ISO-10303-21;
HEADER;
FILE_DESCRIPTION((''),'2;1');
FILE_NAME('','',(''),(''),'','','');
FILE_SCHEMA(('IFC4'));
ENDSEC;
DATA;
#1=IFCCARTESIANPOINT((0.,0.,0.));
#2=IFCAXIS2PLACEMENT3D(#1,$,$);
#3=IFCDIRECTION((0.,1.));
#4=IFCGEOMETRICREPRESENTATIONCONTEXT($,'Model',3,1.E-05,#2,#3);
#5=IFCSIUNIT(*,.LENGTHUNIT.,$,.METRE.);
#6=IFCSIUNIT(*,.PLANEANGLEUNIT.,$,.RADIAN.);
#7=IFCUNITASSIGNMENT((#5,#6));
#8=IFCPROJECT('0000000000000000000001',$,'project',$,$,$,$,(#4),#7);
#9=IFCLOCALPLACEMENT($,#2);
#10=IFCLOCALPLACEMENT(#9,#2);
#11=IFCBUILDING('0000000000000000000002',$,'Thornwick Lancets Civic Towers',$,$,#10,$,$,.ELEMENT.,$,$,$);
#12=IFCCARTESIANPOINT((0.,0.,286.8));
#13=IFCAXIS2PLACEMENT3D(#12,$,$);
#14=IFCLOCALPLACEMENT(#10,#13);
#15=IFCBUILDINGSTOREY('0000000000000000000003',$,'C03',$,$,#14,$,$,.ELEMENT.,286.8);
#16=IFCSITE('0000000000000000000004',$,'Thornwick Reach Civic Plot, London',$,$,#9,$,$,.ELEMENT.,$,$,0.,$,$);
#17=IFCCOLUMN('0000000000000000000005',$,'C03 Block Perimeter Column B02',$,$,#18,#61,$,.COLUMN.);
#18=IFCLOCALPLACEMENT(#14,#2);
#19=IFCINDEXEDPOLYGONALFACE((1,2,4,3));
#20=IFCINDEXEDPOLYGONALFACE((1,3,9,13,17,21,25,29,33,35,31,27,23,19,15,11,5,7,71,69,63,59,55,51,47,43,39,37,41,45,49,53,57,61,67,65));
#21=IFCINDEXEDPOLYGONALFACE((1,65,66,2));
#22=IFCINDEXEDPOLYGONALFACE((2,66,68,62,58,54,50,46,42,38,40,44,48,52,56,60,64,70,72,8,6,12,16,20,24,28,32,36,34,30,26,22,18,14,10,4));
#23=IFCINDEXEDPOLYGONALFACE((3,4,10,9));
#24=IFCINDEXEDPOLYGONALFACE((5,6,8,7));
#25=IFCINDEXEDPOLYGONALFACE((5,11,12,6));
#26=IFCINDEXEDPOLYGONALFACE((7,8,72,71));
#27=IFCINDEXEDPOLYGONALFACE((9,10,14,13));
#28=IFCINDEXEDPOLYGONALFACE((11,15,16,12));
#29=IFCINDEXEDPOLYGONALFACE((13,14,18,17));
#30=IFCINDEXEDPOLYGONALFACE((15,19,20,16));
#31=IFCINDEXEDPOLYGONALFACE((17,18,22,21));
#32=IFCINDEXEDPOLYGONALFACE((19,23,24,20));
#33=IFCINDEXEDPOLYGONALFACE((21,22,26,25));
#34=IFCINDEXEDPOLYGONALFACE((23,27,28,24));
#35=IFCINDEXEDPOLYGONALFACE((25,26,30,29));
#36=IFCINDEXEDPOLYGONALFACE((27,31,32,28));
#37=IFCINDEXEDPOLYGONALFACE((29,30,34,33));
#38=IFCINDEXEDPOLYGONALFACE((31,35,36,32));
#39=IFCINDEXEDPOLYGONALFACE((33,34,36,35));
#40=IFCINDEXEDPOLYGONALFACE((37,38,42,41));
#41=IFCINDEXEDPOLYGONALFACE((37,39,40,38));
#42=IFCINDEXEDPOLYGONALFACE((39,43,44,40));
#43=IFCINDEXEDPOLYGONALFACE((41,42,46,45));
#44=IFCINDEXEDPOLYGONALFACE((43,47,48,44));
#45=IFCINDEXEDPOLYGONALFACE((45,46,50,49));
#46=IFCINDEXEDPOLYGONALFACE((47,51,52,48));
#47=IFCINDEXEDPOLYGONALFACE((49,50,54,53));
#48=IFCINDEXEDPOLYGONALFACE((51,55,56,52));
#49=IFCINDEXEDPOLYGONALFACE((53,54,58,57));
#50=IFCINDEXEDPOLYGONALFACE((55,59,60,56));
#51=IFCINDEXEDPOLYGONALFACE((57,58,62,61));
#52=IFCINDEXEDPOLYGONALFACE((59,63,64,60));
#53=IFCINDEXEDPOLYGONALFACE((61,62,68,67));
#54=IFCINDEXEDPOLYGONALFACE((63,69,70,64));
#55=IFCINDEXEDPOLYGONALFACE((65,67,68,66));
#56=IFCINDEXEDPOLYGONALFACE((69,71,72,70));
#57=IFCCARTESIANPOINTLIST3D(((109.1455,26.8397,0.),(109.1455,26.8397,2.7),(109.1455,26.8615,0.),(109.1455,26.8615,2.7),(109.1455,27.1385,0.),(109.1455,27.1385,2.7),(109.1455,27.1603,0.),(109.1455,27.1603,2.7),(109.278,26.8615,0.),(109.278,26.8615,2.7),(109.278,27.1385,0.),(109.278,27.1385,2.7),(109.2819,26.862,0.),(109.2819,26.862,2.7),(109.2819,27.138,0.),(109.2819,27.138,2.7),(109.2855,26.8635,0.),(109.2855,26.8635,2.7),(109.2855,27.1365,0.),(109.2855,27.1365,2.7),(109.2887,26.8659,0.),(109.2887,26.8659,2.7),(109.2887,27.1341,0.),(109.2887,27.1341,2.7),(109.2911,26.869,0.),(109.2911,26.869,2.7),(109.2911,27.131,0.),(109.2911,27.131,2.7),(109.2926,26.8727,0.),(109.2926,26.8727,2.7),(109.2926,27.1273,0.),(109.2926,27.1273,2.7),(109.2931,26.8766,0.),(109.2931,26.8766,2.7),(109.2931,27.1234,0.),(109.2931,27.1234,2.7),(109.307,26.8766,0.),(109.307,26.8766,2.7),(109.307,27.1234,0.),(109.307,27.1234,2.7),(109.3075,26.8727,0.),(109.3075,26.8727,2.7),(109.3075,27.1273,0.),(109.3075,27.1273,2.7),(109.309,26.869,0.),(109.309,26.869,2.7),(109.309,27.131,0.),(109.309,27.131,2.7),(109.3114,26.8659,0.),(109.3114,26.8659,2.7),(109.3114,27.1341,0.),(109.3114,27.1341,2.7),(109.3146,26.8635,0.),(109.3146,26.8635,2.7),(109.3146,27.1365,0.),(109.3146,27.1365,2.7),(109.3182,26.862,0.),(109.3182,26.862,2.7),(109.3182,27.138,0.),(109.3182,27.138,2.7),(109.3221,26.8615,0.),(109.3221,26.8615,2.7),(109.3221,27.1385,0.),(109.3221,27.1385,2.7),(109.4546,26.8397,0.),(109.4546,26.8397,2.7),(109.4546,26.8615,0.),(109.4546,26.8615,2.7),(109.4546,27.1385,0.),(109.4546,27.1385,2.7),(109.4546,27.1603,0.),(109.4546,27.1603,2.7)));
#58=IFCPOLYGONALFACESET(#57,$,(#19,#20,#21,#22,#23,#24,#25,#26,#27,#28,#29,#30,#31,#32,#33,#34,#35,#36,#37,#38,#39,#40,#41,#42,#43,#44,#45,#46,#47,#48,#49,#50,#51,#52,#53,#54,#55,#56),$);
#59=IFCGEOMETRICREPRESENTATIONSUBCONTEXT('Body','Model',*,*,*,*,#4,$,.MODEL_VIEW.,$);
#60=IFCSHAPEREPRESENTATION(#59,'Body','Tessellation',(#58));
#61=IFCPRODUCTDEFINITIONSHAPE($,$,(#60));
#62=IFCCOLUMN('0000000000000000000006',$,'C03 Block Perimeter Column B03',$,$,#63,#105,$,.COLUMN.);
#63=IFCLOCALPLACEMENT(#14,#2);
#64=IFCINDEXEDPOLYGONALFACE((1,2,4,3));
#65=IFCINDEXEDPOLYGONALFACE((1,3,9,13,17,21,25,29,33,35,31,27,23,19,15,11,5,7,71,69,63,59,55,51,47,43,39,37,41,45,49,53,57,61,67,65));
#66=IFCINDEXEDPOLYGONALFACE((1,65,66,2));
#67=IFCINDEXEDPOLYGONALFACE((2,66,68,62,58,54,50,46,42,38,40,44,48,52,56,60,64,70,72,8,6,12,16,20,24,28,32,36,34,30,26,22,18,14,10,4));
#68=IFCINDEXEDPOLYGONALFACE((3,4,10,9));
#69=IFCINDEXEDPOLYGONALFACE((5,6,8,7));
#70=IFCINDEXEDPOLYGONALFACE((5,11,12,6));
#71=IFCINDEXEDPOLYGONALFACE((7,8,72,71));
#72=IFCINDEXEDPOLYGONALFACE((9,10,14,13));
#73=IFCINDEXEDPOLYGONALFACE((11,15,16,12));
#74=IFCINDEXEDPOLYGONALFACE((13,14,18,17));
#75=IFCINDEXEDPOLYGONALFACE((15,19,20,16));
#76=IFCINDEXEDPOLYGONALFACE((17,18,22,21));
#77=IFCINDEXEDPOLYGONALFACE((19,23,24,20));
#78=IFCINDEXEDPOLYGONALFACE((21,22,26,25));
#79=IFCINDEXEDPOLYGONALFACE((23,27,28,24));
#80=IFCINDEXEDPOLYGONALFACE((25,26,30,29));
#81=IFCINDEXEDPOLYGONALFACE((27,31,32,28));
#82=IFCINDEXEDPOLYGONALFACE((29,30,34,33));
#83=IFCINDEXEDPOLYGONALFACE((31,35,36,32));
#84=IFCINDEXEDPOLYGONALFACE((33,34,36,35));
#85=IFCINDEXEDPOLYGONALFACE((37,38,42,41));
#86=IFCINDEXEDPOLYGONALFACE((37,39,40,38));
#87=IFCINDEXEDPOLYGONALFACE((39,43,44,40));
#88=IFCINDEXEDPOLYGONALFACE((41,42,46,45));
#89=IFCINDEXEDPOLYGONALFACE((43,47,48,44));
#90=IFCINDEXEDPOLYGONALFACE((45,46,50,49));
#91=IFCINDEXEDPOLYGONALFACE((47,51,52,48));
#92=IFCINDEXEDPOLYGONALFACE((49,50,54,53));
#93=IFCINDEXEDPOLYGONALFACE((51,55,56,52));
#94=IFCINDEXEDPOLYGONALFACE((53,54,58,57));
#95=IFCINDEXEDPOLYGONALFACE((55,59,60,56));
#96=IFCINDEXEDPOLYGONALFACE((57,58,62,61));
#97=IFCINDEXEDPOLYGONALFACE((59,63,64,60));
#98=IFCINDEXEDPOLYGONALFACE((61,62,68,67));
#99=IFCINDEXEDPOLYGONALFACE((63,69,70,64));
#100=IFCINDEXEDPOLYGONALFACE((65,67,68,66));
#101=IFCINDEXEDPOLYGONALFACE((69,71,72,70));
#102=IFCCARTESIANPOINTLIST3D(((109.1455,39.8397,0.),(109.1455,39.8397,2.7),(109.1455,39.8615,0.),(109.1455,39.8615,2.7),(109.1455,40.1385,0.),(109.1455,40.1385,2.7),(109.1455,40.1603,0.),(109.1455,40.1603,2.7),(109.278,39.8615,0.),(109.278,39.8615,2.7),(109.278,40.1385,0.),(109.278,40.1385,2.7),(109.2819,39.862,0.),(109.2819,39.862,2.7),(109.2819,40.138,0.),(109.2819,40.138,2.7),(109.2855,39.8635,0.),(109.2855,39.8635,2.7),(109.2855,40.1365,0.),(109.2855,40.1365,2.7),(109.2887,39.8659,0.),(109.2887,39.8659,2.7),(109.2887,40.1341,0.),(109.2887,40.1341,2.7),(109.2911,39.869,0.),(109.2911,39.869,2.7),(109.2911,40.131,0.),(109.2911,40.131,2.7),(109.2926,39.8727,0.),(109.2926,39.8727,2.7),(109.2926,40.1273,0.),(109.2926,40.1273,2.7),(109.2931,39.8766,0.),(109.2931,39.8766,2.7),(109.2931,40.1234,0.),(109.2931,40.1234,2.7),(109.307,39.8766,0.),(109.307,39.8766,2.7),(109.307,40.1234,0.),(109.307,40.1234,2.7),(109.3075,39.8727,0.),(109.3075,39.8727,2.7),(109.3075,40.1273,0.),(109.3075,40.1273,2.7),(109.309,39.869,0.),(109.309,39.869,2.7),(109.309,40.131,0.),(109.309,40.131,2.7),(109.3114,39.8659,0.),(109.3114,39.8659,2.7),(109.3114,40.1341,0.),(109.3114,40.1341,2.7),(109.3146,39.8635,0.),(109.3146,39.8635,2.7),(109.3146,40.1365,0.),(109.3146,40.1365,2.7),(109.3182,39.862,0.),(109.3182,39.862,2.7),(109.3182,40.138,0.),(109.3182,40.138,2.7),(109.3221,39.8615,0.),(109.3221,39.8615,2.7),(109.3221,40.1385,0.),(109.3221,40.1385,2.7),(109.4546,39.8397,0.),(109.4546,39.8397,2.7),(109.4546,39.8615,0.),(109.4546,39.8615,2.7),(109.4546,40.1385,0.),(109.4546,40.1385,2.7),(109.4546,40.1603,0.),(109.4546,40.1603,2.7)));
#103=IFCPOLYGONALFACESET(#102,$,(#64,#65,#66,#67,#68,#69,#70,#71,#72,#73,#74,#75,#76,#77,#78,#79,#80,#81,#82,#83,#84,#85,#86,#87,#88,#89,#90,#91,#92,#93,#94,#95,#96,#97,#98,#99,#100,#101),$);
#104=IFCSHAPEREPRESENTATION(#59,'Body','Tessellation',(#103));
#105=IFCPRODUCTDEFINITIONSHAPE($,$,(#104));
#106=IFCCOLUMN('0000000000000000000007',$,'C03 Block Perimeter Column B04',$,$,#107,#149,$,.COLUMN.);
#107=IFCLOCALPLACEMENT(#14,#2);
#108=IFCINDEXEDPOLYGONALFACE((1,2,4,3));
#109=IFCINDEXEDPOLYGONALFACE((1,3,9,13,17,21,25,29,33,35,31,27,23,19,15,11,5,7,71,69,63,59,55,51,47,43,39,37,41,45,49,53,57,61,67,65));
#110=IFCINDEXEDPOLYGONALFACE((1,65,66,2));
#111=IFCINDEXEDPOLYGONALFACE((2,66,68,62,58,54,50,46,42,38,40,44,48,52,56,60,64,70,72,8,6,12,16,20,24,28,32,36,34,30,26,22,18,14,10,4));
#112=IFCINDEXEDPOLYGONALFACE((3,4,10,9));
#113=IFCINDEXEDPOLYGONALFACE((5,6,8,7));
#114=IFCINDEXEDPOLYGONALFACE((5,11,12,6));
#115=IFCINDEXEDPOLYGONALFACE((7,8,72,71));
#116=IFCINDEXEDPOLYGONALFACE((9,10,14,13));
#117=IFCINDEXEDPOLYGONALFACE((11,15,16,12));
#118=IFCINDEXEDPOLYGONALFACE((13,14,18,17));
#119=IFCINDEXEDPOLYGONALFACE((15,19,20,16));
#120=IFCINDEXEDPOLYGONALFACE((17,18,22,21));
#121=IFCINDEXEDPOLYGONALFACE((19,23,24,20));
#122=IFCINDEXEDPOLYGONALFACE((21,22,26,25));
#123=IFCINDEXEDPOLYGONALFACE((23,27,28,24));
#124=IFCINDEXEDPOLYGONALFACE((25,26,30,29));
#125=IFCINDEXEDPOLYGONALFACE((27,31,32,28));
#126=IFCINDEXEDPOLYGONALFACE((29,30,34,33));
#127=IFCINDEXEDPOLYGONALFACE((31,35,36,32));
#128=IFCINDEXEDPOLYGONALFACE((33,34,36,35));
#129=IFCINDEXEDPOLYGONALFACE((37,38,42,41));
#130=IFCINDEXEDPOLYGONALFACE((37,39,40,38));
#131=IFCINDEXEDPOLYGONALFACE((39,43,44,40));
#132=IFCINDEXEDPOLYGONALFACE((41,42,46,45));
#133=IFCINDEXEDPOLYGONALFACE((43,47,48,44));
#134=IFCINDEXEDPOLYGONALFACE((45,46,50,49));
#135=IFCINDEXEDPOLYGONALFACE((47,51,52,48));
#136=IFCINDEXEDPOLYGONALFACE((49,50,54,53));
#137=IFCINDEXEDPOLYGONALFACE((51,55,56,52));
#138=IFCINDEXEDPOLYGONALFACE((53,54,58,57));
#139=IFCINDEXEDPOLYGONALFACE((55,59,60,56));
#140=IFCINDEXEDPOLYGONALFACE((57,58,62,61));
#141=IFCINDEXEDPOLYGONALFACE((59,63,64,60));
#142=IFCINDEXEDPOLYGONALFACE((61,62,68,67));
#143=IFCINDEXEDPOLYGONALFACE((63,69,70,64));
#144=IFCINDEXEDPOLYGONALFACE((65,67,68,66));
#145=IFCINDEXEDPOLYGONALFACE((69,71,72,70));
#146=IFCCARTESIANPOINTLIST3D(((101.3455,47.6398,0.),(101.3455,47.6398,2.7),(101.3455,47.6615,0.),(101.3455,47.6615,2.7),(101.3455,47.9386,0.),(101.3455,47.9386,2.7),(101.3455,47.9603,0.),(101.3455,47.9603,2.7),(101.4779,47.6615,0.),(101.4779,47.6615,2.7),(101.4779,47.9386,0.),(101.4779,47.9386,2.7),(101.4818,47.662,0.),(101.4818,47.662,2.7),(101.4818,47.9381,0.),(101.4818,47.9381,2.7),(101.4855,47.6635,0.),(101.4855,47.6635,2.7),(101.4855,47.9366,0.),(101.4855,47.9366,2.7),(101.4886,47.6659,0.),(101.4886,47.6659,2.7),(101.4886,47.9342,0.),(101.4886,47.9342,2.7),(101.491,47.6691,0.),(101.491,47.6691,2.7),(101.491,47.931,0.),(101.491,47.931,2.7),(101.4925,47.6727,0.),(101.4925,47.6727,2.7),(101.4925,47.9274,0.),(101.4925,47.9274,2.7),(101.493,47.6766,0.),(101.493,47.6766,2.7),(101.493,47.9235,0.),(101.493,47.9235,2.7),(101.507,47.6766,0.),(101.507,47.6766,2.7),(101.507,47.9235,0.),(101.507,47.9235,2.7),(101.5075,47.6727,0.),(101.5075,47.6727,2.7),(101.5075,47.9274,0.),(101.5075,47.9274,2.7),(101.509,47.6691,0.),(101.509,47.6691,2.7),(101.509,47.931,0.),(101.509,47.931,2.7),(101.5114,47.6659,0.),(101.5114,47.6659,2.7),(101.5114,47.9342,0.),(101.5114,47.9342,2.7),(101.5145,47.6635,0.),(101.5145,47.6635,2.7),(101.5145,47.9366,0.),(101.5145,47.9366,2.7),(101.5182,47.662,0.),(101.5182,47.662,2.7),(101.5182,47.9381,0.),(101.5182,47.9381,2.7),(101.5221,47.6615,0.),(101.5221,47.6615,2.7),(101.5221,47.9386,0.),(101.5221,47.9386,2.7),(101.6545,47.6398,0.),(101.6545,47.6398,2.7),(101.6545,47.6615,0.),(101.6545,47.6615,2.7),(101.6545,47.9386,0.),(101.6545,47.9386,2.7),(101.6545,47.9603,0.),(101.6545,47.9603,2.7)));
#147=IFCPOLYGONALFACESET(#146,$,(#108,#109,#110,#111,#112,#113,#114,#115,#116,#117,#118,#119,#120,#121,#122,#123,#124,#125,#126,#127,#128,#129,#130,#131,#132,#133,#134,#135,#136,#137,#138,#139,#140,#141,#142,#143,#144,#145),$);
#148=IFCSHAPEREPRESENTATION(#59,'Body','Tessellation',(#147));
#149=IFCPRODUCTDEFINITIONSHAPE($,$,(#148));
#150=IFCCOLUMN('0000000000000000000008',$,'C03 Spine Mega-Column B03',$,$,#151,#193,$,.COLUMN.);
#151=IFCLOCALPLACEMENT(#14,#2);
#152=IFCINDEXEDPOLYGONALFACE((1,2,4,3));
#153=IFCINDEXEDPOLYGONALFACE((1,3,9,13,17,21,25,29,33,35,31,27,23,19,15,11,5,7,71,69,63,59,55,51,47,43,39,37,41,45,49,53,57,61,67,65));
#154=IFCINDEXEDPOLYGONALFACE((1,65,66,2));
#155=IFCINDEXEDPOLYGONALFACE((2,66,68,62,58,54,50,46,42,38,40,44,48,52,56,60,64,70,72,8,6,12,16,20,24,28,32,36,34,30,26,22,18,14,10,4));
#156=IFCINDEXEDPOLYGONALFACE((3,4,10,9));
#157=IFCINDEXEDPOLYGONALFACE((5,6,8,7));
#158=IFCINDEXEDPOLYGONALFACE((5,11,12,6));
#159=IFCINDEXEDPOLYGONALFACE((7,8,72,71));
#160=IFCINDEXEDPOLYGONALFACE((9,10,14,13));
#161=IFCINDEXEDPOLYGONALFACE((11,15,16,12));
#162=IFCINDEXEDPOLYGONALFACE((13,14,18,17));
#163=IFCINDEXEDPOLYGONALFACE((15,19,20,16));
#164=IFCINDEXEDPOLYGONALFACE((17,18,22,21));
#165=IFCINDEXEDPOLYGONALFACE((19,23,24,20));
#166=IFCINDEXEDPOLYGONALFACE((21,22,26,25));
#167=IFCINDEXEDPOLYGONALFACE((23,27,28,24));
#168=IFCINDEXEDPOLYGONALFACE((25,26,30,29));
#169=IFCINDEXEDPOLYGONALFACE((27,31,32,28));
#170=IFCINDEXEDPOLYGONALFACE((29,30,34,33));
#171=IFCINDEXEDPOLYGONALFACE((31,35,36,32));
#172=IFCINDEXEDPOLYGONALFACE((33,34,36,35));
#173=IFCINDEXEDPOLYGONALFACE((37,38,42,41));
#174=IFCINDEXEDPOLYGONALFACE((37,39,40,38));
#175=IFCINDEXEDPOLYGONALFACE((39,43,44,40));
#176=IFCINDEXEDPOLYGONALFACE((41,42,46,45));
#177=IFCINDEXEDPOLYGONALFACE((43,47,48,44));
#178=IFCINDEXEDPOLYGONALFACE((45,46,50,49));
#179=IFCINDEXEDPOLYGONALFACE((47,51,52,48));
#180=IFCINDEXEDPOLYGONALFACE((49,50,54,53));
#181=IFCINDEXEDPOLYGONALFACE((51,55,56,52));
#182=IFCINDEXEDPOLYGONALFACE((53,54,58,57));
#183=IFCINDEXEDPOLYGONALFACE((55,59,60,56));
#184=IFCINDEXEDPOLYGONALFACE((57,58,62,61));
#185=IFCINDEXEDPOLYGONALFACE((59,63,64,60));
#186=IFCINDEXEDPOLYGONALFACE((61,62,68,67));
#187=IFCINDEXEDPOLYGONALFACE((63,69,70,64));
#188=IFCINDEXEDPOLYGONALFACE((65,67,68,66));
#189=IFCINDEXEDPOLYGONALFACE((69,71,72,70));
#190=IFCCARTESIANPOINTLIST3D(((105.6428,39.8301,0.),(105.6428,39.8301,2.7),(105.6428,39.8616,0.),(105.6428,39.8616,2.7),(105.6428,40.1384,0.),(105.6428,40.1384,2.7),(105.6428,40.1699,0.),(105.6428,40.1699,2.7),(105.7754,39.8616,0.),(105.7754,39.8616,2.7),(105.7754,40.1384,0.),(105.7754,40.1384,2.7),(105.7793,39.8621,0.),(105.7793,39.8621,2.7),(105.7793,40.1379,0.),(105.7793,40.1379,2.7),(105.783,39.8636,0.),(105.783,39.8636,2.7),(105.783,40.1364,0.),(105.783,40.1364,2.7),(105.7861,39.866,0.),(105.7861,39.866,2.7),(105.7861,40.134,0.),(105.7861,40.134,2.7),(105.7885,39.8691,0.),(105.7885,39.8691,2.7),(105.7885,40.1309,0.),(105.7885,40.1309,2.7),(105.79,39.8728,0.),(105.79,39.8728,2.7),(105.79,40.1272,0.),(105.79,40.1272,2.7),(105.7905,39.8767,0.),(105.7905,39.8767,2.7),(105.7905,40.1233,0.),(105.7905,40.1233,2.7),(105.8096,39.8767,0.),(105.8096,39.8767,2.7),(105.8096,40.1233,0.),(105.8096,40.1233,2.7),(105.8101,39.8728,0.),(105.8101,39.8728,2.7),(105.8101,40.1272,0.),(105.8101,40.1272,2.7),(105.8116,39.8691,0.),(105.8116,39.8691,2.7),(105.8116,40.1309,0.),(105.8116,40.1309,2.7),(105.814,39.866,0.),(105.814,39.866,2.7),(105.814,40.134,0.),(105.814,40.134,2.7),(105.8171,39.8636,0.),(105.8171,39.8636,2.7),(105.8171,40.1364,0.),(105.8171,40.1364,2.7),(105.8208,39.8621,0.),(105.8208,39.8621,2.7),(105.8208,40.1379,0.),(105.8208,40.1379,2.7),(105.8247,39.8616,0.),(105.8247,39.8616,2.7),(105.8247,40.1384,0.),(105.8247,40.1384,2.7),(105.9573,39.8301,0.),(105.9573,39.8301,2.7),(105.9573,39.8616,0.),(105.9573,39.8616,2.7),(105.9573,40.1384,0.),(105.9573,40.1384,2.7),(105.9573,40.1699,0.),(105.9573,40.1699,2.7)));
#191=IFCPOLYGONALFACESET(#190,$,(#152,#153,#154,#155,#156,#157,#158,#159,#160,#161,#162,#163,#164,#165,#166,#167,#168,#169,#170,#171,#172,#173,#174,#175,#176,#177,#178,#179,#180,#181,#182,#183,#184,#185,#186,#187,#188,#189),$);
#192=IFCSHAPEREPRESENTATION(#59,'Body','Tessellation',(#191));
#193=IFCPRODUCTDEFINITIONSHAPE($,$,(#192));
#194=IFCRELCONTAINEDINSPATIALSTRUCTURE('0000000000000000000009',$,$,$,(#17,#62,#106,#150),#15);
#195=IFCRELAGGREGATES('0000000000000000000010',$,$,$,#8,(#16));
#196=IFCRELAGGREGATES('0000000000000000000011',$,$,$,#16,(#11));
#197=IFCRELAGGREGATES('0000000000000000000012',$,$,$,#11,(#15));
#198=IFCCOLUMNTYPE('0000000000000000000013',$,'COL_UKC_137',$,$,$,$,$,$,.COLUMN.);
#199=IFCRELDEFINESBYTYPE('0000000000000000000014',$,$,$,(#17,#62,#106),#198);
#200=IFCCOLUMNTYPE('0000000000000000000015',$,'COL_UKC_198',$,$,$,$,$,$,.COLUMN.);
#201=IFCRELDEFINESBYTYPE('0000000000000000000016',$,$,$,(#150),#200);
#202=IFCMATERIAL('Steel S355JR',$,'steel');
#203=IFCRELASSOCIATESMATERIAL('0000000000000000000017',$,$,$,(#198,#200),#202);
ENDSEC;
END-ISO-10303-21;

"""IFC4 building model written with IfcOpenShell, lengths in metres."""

from ifc_helpers import new_model, si_unit, direction, frame, origin, origin_2d, place, context, subcontext, project, spatial, i_section, extrude, material, material_profile, profile_set, type_object, element, save


model = new_model("IFC4")

# Units and contexts
model_context = context("Model", 3, precision=1e-05, world=origin(), true_north=direction((0.0, 1.0)))
body_context = subcontext(model_context, "Body", "Model", "MODEL_VIEW")
ifc_project = project(units=[si_unit("LENGTHUNIT", "METRE"), si_unit("PLANEANGLEUNIT", "RADIAN")], contexts=[model_context])

# Site, building, storey
site_placement = place(None, origin())
site = spatial("IfcSite", under=ifc_project, at=site_placement, Name="Thornwick Reach Civic Plot, London", CompositionType="ELEMENT", RefElevation=0.0)
building_placement = place(site_placement, origin())
building = spatial("IfcBuilding", under=site, at=building_placement, Name="Thornwick Lancets Civic Towers", CompositionType="ELEMENT")
storey_placement = place(building_placement, frame((0.0, 0.0, 286.8)))
storey = spatial("IfcBuildingStorey", under=building, at=storey_placement, Name="C03", CompositionType="ELEMENT", Elevation=286.8)

# Columns
ifc_material_1 = material(Name="Steel S355JR", Category="steel")
ifc_material_profile_1 = material_profile(ifc_material_1, i_section(OverallWidth=0.3091, OverallDepth=0.3206, WebThickness=0.0139, FlangeThickness=0.0217, FilletRadius=0.0151, at=origin_2d()), Name="UKC 305x305x137")
ifc_profile_set_1 = profile_set([ifc_material_profile_1], Name="Steel S355JR")
column_type_1 = type_object("IfcColumnType", Name="COL_UKC_137", PredefinedType="COLUMN", material=ifc_profile_set_1)
for number, where, z_axis, x_axis, name in (
    (1, (109.3, 27.0, 0.0), (0.0, 0.0, 1.0), (1.0, 0.0, 0.0), "C03 Block Perimeter Column B02"),
    (2, (109.3, 40.0, 0.0), (0.0, 0.0, 1.0), (1.0, 0.0, 0.0), "C03 Block Perimeter Column B03"),
    (3, (101.5, 47.8, 0.0), (0.0, 0.0, 1.0), (1.0, 0.0, 0.0), "C03 Block Perimeter Column B04"),
):
    element("IfcColumn", number, at=place(storey_placement, frame(where, z_axis=z_axis, x_axis=x_axis)), inside=storey, type_object=column_type_1, Name=name, PredefinedType="COLUMN", context=body_context, shape_type="SweptSolid", body=[
        extrude(i_section(OverallWidth=0.3091, OverallDepth=0.3206, WebThickness=0.0139, FlangeThickness=0.0217, FilletRadius=0.0151, at=origin_2d()), origin(), (0.0, 0.0, 1.0), 2.7),
    ])
ifc_material_profile_2 = material_profile(ifc_material_1, i_section(OverallWidth=0.3145, OverallDepth=0.3398, WebThickness=0.019, FlangeThickness=0.0315, FilletRadius=0.0151, at=origin_2d()), Name="UKC 305x305x198")
ifc_profile_set_2 = profile_set([ifc_material_profile_2], Name="Steel S355JR")
column_type_2 = type_object("IfcColumnType", Name="COL_UKC_198", PredefinedType="COLUMN", material=ifc_profile_set_2)
for number, where, z_axis, x_axis, name in (
    (4, (105.8, 40.0, 0.0), (0.0, 0.0, 1.0), (1.0, 0.0, 0.0), "C03 Spine Mega-Column B03"),
):
    element("IfcColumn", number, at=place(storey_placement, frame(where, z_axis=z_axis, x_axis=x_axis)), inside=storey, type_object=column_type_2, Name=name, PredefinedType="COLUMN", context=body_context, shape_type="SweptSolid", body=[
        extrude(i_section(OverallWidth=0.3145, OverallDepth=0.3398, WebThickness=0.019, FlangeThickness=0.0315, FilletRadius=0.0151, at=origin_2d()), origin(), (0.0, 0.0, 1.0), 2.7),
    ])

save(model, "model.ifc")
